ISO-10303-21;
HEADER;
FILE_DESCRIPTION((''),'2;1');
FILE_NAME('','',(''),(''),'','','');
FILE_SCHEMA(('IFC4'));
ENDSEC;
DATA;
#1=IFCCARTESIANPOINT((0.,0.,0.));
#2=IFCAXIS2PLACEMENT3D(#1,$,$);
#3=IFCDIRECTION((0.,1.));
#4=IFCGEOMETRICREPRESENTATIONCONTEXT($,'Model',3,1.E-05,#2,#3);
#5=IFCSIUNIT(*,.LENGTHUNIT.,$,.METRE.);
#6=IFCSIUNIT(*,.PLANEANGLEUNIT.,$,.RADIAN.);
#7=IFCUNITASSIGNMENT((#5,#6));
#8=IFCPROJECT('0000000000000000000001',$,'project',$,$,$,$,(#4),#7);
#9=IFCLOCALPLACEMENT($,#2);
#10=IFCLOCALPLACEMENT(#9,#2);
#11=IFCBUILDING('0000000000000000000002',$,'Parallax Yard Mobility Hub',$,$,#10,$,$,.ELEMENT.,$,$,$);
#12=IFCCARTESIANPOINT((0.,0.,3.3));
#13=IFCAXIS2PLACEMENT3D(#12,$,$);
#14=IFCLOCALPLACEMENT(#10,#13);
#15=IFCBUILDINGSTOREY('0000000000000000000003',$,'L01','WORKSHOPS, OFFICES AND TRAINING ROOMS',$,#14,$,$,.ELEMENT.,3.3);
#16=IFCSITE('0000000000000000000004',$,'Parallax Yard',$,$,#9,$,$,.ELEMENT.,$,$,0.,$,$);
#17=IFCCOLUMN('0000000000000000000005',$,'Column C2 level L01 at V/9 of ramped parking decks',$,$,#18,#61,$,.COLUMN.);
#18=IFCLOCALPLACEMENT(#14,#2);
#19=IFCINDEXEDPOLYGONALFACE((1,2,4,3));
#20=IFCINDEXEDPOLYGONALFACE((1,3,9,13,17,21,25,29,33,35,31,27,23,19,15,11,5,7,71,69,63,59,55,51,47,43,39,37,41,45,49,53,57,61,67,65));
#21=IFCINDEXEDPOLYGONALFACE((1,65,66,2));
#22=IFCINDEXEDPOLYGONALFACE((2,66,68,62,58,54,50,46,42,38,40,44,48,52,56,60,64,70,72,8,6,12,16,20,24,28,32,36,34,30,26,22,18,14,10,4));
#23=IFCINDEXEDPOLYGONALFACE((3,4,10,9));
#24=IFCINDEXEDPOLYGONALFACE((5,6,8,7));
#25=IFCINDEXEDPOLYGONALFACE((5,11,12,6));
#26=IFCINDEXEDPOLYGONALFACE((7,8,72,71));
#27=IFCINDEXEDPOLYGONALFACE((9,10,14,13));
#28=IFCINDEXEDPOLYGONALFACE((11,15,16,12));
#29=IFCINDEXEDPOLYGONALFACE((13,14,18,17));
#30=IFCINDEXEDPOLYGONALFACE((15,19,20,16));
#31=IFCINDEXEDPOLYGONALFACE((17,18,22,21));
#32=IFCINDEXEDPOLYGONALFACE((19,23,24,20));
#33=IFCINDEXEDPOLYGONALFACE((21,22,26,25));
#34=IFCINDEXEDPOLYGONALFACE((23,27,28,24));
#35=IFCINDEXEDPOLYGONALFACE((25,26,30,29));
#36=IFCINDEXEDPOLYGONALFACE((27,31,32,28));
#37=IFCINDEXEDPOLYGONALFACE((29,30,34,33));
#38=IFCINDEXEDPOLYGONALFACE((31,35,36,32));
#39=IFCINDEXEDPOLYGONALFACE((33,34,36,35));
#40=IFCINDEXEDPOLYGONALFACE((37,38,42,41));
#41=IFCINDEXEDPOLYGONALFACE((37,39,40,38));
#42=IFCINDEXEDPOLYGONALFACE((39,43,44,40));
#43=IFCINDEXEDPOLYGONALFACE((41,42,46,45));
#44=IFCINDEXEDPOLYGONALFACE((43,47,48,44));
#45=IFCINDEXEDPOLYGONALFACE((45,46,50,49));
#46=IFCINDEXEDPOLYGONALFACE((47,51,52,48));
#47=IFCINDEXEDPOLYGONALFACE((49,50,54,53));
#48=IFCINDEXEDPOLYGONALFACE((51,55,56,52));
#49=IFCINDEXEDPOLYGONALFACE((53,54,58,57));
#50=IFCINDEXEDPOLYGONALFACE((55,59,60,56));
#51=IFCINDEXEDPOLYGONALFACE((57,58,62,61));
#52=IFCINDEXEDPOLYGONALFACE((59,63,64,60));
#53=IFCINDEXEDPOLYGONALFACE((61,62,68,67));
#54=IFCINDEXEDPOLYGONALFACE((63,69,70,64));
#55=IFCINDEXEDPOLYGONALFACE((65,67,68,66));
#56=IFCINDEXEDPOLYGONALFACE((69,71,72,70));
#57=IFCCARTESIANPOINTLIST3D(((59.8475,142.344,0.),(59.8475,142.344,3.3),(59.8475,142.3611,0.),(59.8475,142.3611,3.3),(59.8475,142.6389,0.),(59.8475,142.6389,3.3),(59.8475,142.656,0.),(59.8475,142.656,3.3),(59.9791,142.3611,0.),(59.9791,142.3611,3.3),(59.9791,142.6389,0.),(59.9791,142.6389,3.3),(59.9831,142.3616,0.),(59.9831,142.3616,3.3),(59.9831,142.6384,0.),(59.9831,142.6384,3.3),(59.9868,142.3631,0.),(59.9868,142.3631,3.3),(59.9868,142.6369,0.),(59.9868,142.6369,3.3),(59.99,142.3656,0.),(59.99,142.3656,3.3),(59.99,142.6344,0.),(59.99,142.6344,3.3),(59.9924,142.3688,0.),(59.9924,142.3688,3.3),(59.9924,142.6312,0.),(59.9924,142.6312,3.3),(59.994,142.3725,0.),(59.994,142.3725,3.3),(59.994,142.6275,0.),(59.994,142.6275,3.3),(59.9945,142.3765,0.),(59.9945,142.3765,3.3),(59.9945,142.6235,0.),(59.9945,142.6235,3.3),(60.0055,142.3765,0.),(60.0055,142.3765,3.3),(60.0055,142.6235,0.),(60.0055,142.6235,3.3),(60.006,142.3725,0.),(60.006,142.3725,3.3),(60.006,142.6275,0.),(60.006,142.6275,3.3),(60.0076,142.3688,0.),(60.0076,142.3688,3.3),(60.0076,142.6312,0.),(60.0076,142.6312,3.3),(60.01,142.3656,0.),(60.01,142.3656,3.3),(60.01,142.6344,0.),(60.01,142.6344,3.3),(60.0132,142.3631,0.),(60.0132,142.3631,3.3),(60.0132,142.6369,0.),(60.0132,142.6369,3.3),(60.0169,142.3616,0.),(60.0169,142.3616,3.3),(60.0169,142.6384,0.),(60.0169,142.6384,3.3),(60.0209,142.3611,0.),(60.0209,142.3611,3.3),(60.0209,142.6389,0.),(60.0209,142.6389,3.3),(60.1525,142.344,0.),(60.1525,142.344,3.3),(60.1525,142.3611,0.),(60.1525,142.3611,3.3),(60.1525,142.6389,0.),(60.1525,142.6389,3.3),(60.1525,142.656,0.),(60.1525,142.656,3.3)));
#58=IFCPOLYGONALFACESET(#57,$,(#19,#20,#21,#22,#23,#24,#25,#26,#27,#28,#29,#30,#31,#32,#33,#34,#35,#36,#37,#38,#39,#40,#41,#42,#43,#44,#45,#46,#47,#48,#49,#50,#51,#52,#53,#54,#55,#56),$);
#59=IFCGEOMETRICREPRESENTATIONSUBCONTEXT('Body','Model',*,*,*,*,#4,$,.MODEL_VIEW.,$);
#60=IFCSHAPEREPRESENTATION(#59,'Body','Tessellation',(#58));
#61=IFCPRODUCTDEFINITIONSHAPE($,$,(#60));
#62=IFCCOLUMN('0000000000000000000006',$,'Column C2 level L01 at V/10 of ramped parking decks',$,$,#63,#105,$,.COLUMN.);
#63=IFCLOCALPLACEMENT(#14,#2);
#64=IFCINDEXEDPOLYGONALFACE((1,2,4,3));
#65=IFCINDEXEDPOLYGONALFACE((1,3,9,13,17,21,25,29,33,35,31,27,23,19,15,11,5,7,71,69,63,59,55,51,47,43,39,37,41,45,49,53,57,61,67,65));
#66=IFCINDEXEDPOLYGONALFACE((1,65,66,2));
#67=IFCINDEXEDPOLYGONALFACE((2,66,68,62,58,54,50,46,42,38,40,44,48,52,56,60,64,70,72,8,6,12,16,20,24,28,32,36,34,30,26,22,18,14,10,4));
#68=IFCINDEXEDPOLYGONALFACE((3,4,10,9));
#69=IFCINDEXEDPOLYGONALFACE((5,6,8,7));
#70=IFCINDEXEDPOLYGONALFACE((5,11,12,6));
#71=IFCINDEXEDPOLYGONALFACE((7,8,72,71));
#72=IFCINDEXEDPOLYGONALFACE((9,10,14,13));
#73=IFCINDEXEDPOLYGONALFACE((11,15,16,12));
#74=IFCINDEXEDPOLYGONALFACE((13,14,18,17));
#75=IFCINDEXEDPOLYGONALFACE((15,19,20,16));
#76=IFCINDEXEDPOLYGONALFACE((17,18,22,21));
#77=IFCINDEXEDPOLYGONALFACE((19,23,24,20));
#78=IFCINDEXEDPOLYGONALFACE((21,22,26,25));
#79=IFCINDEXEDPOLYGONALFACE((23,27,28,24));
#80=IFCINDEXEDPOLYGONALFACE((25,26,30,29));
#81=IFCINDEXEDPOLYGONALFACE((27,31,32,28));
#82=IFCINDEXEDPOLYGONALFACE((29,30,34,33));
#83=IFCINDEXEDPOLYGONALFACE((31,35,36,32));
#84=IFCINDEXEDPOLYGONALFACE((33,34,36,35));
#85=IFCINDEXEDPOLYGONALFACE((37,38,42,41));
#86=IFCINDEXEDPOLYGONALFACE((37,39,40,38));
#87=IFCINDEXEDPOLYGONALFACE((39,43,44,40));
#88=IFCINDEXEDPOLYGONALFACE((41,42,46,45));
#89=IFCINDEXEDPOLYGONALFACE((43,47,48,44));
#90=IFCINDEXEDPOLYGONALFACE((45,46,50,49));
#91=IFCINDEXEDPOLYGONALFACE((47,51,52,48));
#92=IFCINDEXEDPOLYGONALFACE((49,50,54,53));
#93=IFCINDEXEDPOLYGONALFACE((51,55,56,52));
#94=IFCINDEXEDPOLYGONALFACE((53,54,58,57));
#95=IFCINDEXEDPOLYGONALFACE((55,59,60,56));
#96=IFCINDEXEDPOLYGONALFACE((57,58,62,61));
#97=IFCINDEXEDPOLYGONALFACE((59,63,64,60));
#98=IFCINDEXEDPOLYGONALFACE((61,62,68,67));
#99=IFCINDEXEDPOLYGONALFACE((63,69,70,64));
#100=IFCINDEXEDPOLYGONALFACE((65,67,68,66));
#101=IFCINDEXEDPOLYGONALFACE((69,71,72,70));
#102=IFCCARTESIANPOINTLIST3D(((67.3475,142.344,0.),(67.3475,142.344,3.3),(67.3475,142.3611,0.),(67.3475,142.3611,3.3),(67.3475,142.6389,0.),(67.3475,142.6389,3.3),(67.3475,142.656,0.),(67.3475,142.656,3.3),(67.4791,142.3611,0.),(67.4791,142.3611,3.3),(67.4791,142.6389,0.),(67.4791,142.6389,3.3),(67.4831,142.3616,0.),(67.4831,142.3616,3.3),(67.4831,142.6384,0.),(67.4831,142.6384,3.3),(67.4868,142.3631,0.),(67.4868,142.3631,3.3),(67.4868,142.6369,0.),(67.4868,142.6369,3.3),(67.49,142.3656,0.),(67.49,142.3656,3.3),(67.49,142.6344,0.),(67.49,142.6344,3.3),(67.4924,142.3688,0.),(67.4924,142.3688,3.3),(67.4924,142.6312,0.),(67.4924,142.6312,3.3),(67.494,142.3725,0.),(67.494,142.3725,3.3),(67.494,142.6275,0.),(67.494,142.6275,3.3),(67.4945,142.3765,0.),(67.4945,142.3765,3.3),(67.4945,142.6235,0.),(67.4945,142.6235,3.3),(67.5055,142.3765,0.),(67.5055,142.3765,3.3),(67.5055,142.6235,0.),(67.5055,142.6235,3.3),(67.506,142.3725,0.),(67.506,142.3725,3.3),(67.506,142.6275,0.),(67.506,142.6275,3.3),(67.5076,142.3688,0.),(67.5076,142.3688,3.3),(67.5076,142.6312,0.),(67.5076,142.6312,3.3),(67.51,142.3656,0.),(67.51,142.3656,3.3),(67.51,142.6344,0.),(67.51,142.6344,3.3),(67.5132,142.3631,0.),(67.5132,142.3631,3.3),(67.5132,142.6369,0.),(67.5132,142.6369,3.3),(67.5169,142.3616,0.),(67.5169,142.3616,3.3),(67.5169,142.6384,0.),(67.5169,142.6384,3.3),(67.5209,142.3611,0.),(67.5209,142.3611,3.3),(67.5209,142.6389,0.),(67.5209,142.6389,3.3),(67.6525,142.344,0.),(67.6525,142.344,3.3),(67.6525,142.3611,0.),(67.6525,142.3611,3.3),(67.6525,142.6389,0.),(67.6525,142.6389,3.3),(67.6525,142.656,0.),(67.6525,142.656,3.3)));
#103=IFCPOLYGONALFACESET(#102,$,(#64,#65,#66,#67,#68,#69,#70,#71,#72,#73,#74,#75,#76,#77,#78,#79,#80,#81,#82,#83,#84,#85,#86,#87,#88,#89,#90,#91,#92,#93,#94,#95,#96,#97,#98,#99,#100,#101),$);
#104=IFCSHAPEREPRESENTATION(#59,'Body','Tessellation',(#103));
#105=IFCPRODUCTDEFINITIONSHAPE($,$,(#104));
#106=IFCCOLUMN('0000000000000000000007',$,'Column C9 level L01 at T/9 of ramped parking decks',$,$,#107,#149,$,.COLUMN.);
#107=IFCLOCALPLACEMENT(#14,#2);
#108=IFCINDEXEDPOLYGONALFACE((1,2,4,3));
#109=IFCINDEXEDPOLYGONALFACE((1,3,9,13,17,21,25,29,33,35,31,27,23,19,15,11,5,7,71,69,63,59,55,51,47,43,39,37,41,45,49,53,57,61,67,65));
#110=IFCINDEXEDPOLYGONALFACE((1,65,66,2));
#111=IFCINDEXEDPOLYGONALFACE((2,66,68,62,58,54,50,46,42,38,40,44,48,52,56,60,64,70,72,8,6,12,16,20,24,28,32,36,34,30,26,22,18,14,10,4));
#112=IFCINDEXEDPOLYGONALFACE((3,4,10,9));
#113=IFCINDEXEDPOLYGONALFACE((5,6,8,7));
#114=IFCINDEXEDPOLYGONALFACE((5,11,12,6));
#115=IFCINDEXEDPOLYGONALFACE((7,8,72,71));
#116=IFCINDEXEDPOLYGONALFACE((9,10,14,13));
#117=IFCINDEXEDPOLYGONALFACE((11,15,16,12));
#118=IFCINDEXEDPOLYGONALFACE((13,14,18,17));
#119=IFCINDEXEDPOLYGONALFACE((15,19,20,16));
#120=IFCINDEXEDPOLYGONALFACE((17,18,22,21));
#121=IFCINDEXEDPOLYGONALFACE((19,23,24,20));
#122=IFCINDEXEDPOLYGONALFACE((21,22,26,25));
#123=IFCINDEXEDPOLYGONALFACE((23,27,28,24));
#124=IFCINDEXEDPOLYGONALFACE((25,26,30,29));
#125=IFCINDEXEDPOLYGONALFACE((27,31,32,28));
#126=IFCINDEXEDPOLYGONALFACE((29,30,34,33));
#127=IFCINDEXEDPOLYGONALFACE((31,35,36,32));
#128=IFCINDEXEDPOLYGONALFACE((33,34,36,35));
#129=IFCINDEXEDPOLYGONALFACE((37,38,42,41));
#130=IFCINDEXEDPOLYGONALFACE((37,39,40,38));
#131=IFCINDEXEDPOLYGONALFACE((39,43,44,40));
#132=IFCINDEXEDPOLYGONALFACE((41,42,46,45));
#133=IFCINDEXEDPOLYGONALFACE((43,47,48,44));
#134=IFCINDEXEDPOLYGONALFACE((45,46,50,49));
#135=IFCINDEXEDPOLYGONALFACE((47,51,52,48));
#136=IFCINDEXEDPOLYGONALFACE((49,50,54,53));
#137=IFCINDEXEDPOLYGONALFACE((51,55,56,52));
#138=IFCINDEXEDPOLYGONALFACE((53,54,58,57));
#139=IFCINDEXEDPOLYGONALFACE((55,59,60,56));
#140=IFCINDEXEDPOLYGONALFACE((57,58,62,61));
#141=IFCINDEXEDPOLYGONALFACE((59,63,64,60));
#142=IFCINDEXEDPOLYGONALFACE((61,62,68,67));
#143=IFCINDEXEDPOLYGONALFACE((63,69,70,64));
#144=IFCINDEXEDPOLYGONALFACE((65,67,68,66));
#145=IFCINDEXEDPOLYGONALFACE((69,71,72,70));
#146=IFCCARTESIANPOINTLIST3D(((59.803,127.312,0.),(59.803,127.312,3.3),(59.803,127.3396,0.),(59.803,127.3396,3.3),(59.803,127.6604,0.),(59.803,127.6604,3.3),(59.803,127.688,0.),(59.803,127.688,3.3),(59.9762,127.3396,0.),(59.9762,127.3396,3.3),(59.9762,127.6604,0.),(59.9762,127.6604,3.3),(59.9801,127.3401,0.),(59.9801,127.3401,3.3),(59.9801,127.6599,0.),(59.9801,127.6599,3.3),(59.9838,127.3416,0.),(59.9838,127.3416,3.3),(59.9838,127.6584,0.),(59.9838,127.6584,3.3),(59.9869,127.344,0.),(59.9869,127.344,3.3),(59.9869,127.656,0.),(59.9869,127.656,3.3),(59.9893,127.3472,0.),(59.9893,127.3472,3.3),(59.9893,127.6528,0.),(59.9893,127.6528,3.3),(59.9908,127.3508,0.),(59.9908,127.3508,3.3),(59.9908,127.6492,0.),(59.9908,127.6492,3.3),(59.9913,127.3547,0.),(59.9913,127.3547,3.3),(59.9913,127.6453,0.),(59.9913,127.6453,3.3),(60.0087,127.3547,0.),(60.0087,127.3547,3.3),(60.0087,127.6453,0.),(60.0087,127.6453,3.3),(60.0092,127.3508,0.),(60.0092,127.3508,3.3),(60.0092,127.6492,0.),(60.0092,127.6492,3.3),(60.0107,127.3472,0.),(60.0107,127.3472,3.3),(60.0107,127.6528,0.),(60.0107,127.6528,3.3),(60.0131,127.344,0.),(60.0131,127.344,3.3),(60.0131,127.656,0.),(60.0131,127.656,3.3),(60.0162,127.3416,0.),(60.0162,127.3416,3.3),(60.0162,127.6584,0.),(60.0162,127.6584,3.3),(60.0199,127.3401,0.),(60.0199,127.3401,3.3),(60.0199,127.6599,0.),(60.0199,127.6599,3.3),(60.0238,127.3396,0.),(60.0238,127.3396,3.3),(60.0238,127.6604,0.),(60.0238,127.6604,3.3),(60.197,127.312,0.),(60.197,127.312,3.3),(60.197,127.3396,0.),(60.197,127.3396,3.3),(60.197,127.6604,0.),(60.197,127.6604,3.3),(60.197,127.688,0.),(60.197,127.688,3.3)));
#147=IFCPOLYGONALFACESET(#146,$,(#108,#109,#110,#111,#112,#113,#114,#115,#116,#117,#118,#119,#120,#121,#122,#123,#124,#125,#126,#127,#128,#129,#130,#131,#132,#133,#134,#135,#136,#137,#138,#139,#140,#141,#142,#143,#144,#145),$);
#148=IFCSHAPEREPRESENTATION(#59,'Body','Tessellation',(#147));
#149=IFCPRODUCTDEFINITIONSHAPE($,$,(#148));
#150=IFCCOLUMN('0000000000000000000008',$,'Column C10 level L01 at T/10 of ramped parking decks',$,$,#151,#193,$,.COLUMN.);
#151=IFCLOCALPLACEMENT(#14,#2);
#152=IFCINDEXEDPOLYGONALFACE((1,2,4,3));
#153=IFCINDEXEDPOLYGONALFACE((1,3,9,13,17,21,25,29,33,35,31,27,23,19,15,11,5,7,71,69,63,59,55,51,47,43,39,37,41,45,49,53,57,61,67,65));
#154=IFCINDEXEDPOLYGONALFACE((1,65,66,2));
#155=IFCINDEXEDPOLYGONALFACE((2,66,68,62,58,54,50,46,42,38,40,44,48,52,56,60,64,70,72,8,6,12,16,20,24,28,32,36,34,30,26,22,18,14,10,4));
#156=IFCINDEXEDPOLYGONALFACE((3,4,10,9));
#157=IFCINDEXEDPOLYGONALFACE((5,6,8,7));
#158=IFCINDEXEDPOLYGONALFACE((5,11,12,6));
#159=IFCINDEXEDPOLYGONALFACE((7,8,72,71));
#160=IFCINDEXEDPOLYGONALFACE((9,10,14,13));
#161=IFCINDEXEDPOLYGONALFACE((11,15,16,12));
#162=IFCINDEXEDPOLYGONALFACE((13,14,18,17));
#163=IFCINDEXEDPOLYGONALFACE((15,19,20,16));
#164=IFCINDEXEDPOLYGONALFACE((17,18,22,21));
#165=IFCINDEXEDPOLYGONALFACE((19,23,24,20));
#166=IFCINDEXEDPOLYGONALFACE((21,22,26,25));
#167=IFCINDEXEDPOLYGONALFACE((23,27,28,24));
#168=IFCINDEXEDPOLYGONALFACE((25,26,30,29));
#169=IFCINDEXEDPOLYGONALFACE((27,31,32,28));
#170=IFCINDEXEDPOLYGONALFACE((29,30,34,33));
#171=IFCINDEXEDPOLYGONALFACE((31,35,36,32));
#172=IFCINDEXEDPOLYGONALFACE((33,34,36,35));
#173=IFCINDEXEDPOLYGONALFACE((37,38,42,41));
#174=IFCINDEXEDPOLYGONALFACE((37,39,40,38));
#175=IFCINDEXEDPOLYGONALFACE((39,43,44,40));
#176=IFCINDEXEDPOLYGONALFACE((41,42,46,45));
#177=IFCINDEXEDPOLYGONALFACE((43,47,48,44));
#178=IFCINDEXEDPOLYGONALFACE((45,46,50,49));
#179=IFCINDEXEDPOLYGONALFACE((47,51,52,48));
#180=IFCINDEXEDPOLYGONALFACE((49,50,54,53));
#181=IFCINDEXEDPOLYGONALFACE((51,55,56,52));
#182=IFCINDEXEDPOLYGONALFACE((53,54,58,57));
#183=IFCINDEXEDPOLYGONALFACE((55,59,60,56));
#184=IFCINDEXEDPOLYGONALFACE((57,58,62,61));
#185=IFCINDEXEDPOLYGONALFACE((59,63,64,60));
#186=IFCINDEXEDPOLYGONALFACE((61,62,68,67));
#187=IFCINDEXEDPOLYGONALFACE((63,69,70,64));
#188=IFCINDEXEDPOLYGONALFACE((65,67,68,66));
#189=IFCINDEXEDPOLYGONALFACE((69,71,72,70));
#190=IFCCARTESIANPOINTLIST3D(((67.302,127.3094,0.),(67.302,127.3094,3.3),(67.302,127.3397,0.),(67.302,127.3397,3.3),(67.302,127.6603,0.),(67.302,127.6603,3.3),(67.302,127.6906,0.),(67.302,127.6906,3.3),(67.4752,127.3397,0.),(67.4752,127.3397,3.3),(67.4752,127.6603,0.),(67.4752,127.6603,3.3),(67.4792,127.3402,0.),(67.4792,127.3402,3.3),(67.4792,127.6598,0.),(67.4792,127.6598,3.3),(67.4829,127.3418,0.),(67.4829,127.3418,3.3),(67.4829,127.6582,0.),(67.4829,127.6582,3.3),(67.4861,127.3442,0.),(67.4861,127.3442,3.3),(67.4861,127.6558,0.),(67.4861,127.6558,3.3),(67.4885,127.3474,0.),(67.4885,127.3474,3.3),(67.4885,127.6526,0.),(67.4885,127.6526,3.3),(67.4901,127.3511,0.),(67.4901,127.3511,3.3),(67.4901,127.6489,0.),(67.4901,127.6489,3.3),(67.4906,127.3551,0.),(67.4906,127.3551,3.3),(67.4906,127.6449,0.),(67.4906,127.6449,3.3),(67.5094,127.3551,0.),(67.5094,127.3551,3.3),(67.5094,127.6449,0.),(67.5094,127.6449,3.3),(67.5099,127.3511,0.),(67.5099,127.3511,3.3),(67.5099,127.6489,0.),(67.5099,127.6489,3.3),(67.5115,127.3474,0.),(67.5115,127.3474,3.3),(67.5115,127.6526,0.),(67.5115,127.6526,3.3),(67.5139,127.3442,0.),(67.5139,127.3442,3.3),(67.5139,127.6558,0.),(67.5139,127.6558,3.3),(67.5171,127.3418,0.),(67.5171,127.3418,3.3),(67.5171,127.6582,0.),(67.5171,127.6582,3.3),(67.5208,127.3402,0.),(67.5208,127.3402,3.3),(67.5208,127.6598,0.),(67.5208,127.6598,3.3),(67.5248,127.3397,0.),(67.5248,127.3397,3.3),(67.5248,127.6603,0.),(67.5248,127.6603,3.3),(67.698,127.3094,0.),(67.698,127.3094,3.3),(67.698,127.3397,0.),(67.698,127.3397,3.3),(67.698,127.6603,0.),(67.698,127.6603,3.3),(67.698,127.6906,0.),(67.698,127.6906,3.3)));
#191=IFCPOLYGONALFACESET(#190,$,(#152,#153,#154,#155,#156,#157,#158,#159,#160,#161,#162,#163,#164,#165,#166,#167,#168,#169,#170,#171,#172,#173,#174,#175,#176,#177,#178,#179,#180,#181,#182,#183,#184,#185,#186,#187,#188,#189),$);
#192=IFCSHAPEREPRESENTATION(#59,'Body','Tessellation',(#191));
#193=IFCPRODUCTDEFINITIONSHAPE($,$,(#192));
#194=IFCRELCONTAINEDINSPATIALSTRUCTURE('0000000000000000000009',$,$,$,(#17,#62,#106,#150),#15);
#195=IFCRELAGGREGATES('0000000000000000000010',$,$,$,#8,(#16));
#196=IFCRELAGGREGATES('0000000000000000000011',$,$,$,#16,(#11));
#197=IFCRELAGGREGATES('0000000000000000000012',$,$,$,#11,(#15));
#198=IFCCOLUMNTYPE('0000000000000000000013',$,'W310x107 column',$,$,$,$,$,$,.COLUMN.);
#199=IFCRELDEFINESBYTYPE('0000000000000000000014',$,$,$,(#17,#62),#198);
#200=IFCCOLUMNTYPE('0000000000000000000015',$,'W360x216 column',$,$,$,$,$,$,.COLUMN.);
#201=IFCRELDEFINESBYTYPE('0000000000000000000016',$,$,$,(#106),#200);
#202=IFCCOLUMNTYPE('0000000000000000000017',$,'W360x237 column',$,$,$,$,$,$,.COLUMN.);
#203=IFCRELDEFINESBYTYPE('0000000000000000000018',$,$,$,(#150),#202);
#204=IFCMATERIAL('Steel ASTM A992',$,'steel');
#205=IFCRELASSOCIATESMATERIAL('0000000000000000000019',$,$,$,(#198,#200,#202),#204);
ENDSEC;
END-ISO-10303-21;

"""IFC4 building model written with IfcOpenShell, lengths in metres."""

from ifc_helpers import new_model, si_unit, direction, frame, origin, origin_2d, place, context, subcontext, project, spatial, i_section, extrude, material, material_profile, profile_set, type_object, element, save


model = new_model("IFC4")

# Units and contexts
model_context = context("Model", 3, precision=1e-05, world=origin(), true_north=direction((0.0, 1.0)))
body_context = subcontext(model_context, "Body", "Model", "MODEL_VIEW")
ifc_project = project(units=[si_unit("LENGTHUNIT", "METRE"), si_unit("PLANEANGLEUNIT", "RADIAN")], contexts=[model_context])

# Site, building, storey
site_placement = place(None, origin())
site = spatial("IfcSite", under=ifc_project, at=site_placement, Name="Parallax Yard", CompositionType="ELEMENT", RefElevation=0.0)
building_placement = place(site_placement, origin())
building = spatial("IfcBuilding", under=site, at=building_placement, Name="Parallax Yard Mobility Hub", CompositionType="ELEMENT")
storey_placement = place(building_placement, frame((0.0, 0.0, 3.3)))
storey = spatial("IfcBuildingStorey", under=building, at=storey_placement, Name="L01", Description="WORKSHOPS, OFFICES AND TRAINING ROOMS", CompositionType="ELEMENT", Elevation=3.3)

# Columns
ifc_material_1 = material(Name="Steel ASTM A992", Category="steel")
ifc_material_profile_1 = material_profile(ifc_material_1, i_section(OverallWidth=0.3049, OverallDepth=0.312, WebThickness=0.011, FlangeThickness=0.0171, FilletRadius=0.0154, at=origin_2d()), Name="W310x107")
ifc_profile_set_1 = profile_set([ifc_material_profile_1], Name="Steel ASTM A992")
column_type_1 = type_object("IfcColumnType", Name="W310x107 column", PredefinedType="COLUMN", material=ifc_profile_set_1)
for number, where, z_axis, x_axis, name in (
    (1, (60.0, 142.5, 0.0), (0.0, 0.0, 1.0), (1.0, 0.0, 0.0), "Column C2 level L01 at V/9 of ramped parking decks"),
    (2, (67.5, 142.5, 0.0), (0.0, 0.0, 1.0), (1.0, 0.0, 0.0), "Column C2 level L01 at V/10 of ramped parking decks"),
):
    element("IfcColumn", number, at=place(storey_placement, frame(where, z_axis=z_axis, x_axis=x_axis)), inside=storey, type_object=column_type_1, Name=name, PredefinedType="COLUMN", context=body_context, shape_type="SweptSolid", body=[
        extrude(i_section(OverallWidth=0.3049, OverallDepth=0.312, WebThickness=0.011, FlangeThickness=0.0171, FilletRadius=0.0154, at=origin_2d()), origin(), (0.0, 0.0, 1.0), 3.3),
    ])
ifc_material_profile_2 = material_profile(ifc_material_1, i_section(OverallWidth=0.394, OverallDepth=0.376, WebThickness=0.0173, FlangeThickness=0.0276, FilletRadius=0.0151, at=origin_2d()), Name="W360x216")
ifc_profile_set_2 = profile_set([ifc_material_profile_2], Name="Steel ASTM A992")
column_type_2 = type_object("IfcColumnType", Name="W360x216 column", PredefinedType="COLUMN", material=ifc_profile_set_2)
column_1_placement = place(storey_placement, frame((60.0, 127.5, 0.0), z_axis=(0.0, 0.0, 1.0), x_axis=(1.0, 0.0, 0.0)))
element("IfcColumn", 3, at=column_1_placement, inside=storey, type_object=column_type_2, Name="Column C9 level L01 at T/9 of ramped parking decks", PredefinedType="COLUMN", context=body_context, shape_type="SweptSolid", body=[
    extrude(i_section(OverallWidth=0.394, OverallDepth=0.376, WebThickness=0.0173, FlangeThickness=0.0276, FilletRadius=0.0151, at=origin_2d()), origin(), (0.0, 0.0, 1.0), 3.3),
])
ifc_material_profile_3 = material_profile(ifc_material_1, i_section(OverallWidth=0.396, OverallDepth=0.3811, WebThickness=0.0188, FlangeThickness=0.0303, FilletRadius=0.0154, at=origin_2d()), Name="W360x237")
ifc_profile_set_3 = profile_set([ifc_material_profile_3], Name="Steel ASTM A992")
column_type_3 = type_object("IfcColumnType", Name="W360x237 column", PredefinedType="COLUMN", material=ifc_profile_set_3)
column_2_placement = place(storey_placement, frame((67.5, 127.5, 0.0), z_axis=(0.0, 0.0, 1.0), x_axis=(1.0, 0.0, 0.0)))
element("IfcColumn", 4, at=column_2_placement, inside=storey, type_object=column_type_3, Name="Column C10 level L01 at T/10 of ramped parking decks", PredefinedType="COLUMN", context=body_context, shape_type="SweptSolid", body=[
    extrude(i_section(OverallWidth=0.396, OverallDepth=0.3811, WebThickness=0.0188, FlangeThickness=0.0303, FilletRadius=0.0154, at=origin_2d()), origin(), (0.0, 0.0, 1.0), 3.3),
])

save(model, "model.ifc")
